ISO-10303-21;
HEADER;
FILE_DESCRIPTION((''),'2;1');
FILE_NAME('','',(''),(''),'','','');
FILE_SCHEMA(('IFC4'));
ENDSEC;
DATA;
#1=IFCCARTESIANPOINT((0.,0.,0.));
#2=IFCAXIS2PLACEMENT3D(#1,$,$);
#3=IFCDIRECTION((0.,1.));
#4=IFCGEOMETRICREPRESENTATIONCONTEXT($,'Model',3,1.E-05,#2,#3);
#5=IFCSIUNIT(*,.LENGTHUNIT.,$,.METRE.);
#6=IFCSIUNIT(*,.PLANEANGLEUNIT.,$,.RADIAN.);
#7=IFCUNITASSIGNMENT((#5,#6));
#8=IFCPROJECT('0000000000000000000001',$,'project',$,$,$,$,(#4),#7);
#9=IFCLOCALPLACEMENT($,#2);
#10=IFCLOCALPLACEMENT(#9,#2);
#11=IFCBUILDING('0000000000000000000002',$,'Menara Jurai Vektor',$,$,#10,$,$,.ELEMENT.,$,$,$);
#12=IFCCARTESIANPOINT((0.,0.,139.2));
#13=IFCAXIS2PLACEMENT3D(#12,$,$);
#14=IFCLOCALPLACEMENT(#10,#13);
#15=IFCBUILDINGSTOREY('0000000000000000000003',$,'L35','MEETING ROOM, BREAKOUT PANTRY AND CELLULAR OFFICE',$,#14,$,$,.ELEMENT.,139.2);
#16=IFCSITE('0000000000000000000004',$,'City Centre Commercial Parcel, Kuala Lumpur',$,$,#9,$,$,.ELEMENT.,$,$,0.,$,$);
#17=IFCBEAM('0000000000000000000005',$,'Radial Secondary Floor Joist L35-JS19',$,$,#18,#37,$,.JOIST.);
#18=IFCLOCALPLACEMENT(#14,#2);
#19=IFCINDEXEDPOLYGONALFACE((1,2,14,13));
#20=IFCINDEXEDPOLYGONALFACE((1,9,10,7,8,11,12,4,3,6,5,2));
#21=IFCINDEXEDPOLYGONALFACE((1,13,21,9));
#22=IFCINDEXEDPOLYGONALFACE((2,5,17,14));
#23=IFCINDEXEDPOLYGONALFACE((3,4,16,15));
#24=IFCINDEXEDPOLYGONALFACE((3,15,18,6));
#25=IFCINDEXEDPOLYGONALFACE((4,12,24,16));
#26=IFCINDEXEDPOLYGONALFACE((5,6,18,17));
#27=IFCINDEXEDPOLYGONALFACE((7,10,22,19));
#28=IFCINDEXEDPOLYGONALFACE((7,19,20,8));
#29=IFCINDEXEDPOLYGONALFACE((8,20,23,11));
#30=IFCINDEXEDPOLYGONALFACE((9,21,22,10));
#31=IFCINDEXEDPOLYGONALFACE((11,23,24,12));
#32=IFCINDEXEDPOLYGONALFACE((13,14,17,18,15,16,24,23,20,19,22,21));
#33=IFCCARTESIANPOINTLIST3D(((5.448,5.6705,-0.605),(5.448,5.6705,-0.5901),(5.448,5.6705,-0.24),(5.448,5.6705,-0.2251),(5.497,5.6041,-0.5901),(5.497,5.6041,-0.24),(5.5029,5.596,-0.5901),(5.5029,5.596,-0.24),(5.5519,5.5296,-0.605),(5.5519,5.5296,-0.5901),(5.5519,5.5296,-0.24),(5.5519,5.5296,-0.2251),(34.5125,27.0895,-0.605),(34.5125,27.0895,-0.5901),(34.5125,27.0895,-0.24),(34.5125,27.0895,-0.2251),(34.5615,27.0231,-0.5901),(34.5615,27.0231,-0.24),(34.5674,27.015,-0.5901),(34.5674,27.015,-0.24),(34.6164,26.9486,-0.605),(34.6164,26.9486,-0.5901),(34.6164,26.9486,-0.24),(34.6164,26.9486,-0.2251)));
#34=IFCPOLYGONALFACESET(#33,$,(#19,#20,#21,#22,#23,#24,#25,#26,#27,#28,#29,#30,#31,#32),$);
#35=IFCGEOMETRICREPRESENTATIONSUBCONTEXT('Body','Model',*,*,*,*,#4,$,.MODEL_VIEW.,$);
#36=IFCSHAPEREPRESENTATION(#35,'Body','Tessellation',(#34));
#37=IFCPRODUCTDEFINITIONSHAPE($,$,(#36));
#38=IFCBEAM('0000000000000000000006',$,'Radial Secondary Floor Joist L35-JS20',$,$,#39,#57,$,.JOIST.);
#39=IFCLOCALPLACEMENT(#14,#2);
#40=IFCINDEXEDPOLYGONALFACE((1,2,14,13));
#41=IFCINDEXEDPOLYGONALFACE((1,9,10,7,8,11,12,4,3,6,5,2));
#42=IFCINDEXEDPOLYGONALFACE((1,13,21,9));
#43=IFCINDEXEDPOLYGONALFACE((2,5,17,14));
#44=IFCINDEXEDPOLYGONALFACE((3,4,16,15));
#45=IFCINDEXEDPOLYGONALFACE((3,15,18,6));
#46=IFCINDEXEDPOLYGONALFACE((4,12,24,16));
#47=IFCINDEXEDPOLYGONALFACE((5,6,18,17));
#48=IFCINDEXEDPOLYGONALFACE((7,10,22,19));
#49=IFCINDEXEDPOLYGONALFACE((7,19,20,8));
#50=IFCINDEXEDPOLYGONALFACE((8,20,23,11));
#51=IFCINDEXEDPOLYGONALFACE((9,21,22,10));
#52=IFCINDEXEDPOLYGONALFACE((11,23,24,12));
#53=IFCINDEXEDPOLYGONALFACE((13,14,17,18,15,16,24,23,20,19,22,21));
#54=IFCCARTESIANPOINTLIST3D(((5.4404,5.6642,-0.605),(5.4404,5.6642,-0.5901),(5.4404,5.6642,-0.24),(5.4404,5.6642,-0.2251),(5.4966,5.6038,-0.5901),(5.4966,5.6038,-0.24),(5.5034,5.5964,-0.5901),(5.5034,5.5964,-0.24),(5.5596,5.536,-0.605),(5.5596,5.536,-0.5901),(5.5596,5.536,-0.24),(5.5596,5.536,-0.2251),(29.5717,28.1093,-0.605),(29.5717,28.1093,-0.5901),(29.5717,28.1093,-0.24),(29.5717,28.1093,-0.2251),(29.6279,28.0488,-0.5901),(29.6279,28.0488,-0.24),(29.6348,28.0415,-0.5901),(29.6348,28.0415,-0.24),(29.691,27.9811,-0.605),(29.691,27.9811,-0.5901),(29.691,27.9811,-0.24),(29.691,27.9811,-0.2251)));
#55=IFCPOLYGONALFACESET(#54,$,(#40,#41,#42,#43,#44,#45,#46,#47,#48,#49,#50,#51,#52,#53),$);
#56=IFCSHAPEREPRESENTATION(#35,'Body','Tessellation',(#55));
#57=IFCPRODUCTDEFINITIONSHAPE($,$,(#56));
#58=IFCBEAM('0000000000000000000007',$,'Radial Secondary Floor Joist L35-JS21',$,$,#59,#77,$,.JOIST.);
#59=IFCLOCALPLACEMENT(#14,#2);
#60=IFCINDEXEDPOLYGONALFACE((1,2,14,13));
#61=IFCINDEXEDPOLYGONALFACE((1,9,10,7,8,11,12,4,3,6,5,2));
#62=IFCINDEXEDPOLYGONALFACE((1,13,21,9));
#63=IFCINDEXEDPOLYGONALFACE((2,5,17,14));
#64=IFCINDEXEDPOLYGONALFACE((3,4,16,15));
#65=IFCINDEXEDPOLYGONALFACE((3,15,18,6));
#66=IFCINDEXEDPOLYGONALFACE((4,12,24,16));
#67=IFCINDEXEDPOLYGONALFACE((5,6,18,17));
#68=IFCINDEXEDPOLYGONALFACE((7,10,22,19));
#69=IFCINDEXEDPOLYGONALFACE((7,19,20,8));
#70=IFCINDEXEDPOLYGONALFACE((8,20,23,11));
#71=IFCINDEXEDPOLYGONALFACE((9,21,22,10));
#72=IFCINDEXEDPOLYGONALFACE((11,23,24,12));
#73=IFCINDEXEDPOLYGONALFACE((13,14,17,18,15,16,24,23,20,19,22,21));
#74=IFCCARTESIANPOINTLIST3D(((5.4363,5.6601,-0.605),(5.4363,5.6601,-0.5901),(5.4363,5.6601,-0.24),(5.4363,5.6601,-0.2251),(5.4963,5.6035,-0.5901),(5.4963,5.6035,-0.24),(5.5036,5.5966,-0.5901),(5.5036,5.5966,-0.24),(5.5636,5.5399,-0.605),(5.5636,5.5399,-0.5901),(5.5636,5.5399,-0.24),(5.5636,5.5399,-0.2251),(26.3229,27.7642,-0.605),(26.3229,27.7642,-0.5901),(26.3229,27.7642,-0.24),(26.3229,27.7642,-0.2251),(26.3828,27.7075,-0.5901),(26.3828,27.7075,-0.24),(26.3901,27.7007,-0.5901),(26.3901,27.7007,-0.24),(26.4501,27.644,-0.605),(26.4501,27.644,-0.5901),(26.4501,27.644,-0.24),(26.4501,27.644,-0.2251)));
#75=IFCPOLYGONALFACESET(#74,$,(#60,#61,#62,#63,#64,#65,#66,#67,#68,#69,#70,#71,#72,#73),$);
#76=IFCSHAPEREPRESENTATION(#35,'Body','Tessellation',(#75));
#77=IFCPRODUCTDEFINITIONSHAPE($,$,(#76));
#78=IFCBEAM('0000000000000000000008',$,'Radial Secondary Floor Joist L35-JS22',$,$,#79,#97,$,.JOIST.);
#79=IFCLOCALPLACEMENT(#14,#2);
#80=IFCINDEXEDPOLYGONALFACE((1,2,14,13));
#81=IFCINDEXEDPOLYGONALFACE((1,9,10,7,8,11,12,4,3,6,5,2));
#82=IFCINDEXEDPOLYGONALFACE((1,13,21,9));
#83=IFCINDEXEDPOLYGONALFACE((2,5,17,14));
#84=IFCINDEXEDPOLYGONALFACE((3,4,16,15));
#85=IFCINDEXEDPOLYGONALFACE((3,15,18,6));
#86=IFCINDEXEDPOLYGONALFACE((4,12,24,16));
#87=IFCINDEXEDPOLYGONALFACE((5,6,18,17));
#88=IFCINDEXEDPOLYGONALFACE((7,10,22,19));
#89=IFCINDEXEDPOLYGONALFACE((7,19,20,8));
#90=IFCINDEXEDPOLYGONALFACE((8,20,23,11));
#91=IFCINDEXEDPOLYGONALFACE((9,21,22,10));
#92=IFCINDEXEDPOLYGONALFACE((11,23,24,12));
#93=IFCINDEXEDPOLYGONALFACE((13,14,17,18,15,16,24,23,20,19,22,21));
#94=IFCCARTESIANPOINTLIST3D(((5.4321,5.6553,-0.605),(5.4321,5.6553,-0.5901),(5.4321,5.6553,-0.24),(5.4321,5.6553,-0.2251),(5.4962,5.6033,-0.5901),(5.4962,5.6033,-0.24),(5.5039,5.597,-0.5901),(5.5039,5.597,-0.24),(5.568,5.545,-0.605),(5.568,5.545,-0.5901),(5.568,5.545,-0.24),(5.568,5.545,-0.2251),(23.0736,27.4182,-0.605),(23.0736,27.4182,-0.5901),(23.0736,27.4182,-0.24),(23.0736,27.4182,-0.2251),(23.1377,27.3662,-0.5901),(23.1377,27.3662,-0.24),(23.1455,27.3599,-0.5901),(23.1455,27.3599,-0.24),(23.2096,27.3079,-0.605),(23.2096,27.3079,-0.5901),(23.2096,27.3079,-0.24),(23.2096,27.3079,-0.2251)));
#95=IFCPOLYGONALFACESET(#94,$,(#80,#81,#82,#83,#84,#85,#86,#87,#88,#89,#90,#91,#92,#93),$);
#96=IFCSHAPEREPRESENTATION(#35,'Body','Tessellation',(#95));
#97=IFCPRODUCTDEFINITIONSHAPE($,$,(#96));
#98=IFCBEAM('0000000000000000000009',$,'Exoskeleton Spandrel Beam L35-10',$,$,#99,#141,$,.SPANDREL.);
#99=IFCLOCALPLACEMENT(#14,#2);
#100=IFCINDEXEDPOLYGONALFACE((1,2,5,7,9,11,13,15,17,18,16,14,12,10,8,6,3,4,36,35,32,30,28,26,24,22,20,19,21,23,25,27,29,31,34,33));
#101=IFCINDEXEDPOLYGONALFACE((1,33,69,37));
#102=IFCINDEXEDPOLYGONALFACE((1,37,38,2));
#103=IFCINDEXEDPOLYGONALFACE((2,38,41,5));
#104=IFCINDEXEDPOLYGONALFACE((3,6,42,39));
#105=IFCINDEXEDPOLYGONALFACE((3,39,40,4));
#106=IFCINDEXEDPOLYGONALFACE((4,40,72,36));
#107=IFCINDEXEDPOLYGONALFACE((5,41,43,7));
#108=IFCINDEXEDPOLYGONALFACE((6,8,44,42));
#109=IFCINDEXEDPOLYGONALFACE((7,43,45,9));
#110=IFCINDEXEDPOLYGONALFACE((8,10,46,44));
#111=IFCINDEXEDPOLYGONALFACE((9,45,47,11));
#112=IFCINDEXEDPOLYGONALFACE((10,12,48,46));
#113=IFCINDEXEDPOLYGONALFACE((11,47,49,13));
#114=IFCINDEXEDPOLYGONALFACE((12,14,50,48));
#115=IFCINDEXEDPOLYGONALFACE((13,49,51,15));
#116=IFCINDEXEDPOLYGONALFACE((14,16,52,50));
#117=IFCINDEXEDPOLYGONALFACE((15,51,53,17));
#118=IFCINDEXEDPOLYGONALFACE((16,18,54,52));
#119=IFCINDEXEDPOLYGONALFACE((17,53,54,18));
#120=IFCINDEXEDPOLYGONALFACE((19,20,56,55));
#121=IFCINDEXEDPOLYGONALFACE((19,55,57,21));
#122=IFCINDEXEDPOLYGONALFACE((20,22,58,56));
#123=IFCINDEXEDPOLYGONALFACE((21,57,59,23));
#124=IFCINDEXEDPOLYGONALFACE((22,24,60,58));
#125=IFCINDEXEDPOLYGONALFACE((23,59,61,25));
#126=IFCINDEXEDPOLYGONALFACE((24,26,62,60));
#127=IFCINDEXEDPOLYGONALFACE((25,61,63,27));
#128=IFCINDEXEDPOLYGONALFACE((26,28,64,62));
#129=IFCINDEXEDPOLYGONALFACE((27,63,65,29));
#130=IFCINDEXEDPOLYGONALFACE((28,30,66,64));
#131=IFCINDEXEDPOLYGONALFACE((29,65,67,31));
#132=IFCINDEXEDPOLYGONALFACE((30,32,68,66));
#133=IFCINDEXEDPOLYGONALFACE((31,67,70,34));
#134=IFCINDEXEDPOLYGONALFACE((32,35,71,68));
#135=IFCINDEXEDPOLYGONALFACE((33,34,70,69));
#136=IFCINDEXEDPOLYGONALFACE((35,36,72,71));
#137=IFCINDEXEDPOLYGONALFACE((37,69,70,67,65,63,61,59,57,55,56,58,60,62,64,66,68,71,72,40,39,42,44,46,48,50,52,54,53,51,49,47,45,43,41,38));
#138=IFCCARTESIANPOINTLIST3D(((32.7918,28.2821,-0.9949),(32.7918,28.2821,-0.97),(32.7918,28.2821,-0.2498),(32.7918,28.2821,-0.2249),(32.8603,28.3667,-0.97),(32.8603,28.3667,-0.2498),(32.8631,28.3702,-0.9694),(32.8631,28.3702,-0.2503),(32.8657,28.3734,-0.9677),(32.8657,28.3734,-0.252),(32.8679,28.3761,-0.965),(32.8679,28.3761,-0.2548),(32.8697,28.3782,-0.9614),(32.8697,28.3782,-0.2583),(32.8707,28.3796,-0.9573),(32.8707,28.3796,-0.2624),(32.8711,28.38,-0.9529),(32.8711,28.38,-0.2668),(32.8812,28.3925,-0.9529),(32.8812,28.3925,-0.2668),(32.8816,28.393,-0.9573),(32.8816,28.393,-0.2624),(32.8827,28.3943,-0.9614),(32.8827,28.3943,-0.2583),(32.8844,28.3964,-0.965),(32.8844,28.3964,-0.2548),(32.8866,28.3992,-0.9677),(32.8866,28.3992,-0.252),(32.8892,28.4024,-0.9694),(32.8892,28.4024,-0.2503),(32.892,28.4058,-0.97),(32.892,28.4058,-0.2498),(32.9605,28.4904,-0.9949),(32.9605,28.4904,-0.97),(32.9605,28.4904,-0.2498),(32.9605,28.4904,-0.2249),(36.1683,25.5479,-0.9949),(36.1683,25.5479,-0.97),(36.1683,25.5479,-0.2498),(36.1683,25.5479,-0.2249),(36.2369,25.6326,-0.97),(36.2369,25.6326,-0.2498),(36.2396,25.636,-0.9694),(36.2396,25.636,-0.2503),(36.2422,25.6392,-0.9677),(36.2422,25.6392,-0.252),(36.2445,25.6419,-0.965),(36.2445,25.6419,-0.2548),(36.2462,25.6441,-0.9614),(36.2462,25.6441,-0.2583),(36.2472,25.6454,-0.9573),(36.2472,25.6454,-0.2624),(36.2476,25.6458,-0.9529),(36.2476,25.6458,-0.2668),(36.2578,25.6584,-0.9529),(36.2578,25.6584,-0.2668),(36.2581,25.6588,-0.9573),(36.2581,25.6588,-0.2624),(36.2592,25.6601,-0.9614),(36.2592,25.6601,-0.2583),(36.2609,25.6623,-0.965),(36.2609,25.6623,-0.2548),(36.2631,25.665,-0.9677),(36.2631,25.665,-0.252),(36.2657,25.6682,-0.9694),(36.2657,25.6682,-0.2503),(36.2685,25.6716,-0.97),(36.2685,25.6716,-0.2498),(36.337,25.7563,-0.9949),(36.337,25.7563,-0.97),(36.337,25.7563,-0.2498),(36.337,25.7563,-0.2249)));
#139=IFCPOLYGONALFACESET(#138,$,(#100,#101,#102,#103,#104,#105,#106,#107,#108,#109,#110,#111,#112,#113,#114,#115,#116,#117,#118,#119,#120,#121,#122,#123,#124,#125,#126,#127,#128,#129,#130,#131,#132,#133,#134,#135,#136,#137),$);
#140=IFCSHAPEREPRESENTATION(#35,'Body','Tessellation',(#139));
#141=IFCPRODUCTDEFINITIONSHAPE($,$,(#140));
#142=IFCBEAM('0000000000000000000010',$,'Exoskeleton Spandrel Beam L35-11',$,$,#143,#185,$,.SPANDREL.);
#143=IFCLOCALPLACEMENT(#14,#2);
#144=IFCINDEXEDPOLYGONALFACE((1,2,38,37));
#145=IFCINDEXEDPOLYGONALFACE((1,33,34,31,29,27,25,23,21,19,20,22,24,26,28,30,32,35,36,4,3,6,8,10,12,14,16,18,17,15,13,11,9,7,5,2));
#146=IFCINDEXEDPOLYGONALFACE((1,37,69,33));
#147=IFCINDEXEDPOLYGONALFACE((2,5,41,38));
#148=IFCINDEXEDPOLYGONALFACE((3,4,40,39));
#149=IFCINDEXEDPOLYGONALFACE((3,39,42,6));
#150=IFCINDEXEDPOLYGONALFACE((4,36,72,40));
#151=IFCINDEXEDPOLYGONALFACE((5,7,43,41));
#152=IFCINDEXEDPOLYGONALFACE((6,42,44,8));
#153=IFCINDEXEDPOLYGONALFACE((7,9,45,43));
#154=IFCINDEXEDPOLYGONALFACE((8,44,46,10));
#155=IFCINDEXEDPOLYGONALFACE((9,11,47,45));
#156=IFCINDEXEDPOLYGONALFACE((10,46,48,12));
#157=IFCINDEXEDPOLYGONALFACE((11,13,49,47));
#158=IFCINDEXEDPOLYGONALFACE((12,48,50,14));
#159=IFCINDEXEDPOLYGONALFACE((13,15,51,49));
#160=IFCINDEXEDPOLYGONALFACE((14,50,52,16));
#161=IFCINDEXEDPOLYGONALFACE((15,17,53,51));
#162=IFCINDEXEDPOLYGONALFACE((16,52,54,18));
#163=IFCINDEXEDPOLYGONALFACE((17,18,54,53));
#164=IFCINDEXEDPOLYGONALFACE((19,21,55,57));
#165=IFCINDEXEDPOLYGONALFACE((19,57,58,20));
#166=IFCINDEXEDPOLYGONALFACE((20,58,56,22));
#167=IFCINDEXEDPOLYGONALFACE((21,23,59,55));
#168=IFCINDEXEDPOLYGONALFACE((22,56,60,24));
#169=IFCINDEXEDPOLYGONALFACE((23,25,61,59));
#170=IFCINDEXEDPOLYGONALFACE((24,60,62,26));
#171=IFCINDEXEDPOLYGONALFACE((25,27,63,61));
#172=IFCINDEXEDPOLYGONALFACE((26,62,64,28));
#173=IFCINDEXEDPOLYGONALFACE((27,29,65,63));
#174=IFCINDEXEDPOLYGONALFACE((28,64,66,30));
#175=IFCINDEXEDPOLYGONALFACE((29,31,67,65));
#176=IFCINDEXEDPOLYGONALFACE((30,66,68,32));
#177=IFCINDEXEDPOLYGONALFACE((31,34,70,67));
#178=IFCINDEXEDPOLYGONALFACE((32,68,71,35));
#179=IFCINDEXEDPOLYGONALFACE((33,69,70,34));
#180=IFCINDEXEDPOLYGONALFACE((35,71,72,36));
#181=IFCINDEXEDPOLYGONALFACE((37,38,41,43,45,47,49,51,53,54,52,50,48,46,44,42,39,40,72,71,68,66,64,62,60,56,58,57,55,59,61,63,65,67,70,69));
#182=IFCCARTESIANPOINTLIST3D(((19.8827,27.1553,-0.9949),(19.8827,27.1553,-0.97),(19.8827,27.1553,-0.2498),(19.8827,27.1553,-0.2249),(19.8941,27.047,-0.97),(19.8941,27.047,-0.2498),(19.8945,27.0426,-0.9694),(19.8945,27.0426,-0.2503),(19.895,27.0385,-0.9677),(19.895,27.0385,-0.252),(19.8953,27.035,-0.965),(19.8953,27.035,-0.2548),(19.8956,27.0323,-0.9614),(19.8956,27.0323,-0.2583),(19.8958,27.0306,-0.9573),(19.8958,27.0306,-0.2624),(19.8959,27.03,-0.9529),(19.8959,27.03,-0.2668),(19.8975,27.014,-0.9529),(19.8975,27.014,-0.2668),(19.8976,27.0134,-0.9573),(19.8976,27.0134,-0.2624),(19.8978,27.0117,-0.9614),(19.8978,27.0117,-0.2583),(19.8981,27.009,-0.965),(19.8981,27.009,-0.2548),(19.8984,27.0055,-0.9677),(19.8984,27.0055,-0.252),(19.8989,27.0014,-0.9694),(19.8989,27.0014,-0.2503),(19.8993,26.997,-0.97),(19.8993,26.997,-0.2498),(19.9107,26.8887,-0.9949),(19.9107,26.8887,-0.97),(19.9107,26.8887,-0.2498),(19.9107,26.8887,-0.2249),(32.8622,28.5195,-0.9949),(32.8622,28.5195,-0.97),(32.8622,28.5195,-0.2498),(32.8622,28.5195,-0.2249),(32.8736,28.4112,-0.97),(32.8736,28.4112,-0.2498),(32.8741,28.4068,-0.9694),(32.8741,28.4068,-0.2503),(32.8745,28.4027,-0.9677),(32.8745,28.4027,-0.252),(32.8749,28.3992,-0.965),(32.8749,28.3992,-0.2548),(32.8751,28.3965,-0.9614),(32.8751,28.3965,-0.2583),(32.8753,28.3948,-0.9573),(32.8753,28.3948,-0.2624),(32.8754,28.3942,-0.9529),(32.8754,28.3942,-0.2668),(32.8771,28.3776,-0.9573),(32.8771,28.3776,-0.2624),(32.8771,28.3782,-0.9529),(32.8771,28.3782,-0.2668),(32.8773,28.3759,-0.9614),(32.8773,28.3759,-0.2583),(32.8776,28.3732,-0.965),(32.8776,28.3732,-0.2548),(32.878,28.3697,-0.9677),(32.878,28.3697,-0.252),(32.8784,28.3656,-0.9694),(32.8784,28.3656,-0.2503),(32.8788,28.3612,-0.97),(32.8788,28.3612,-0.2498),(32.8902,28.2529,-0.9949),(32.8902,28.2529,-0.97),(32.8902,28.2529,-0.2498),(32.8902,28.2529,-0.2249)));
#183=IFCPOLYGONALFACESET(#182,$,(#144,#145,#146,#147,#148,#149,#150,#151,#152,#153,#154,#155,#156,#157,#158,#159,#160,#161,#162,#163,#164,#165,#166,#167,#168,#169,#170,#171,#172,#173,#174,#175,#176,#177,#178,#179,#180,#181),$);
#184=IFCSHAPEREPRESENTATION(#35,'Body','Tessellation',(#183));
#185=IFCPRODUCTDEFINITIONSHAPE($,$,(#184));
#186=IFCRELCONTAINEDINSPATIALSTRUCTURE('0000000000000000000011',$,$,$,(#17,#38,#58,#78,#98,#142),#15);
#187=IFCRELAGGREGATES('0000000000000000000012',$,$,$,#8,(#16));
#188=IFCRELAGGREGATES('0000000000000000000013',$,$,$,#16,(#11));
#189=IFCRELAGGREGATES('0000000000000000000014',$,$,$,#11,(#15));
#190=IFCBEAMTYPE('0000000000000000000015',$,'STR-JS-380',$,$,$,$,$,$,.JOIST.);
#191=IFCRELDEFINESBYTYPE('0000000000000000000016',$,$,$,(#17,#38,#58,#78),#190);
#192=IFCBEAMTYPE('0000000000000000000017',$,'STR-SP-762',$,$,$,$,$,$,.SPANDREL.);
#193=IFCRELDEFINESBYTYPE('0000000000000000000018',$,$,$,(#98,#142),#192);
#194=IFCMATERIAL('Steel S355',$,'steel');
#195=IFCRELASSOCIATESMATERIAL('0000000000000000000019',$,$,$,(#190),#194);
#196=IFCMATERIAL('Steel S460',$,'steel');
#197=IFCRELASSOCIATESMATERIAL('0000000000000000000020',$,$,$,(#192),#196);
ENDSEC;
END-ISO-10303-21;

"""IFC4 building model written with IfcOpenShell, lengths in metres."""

from ifc_helpers import new_model, si_unit, direction, frame, origin, origin_2d, place, context, subcontext, project, spatial, i_section, extrude, material, material_profile, profile_set, type_object, element, save


model = new_model("IFC4")

# Units and contexts
model_context = context("Model", 3, precision=1e-05, world=origin(), true_north=direction((0.0, 1.0)))
body_context = subcontext(model_context, "Body", "Model", "MODEL_VIEW")
ifc_project = project(units=[si_unit("LENGTHUNIT", "METRE"), si_unit("PLANEANGLEUNIT", "RADIAN")], contexts=[model_context])

# Site, building, storey
site_placement = place(None, origin())
site = spatial("IfcSite", under=ifc_project, at=site_placement, Name="City Centre Commercial Parcel, Kuala Lumpur", CompositionType="ELEMENT", RefElevation=0.0)
building_placement = place(site_placement, origin())
building = spatial("IfcBuilding", under=site, at=building_placement, Name="Menara Jurai Vektor", CompositionType="ELEMENT")
storey_placement = place(building_placement, frame((0.0, 0.0, 139.2)))
storey = spatial("IfcBuildingStorey", under=building, at=storey_placement, Name="L35", Description="MEETING ROOM, BREAKOUT PANTRY AND CELLULAR OFFICE", CompositionType="ELEMENT", Elevation=139.2)

# Shared definitions
ifc_material_1 = material(Name="Steel S460", Category="steel")

# Shared definitions
ifc_material_2 = material(Name="Steel S355", Category="steel")

# Beams
ifc_material_profile_1 = material_profile(ifc_material_2, i_section(OverallWidth=0.175, OverallDepth=0.3799, WebThickness=0.01, FlangeThickness=0.0149, at=origin_2d()), Name="PG 380x175x58")
ifc_profile_set_1 = profile_set([ifc_material_profile_1], Name="Steel S355")
beam_type_1 = type_object("IfcBeamType", Name="STR-JS-380", PredefinedType="JOIST", material=ifc_profile_set_1)
beam_1_placement = place(storey_placement, frame((34.5645, 27.019, -0.415), z_axis=(-0.805016, -0.593253, 0.0), x_axis=(0.593253, -0.805016, 0.0)))
element("IfcBeam", 1, at=beam_1_placement, inside=storey, type_object=beam_type_1, Name="Radial Secondary Floor Joist L35-JS19", PredefinedType="JOIST", context=body_context, shape_type="SweptSolid", body=[
    extrude(i_section(OverallWidth=0.175, OverallDepth=0.3799, WebThickness=0.01, FlangeThickness=0.0149, at=origin_2d()), origin(), (0.0, 0.0, 1.0), 36.1042),
])
beam_2_placement = place(storey_placement, frame((29.6313, 28.0452, -0.415), z_axis=(-0.732228, -0.68106, 0.0), x_axis=(0.68106, -0.732228, 0.0)))
element("IfcBeam", 2, at=beam_2_placement, inside=storey, type_object=beam_type_1, Name="Radial Secondary Floor Joist L35-JS20", PredefinedType="JOIST", context=body_context, shape_type="SweptSolid", body=[
    extrude(i_section(OverallWidth=0.175, OverallDepth=0.3799, WebThickness=0.01, FlangeThickness=0.0149, at=origin_2d()), origin(), (0.0, 0.0, 1.0), 32.9561),
])
beam_3_placement = place(storey_placement, frame((26.3865, 27.7041, -0.415), z_axis=(-0.686805, -0.726841, 0.0), x_axis=(0.726841, -0.686805, 0.0)))
element("IfcBeam", 3, at=beam_3_placement, inside=storey, type_object=beam_type_1, Name="Radial Secondary Floor Joist L35-JS21", PredefinedType="JOIST", context=body_context, shape_type="SweptSolid", body=[
    extrude(i_section(OverallWidth=0.175, OverallDepth=0.3799, WebThickness=0.01, FlangeThickness=0.0149, at=origin_2d()), origin(), (0.0, 0.0, 1.0), 30.4111),
])
beam_4_placement = place(storey_placement, frame((23.1416, 27.363, -0.415), z_axis=(-0.629715, -0.776826, 0.0), x_axis=(0.776826, -0.629715, 0.0)))
element("IfcBeam", 4, at=beam_4_placement, inside=storey, type_object=beam_type_1, Name="Radial Secondary Floor Joist L35-JS22", PredefinedType="JOIST", context=body_context, shape_type="SweptSolid", body=[
    extrude(i_section(OverallWidth=0.175, OverallDepth=0.3799, WebThickness=0.01, FlangeThickness=0.0149, at=origin_2d()), origin(), (0.0, 0.0, 1.0), 28.0151),
])
ifc_material_profile_2 = material_profile(ifc_material_1, i_section(OverallWidth=0.2681, OverallDepth=0.77, WebThickness=0.0161, FlangeThickness=0.0249, FilletRadius=0.0171, at=origin_2d()), Name="UKB 762x267x197")
ifc_profile_set_2 = profile_set([ifc_material_profile_2], Name="Steel S460")
beam_type_2 = type_object("IfcBeamType", Name="STR-SP-762", PredefinedType="SPANDREL", material=ifc_profile_set_2)
beam_5_placement = place(storey_placement, frame((36.2527, 25.6521, -0.6099), z_axis=(-0.777155, 0.62931, 0.0), x_axis=(-0.62931, -0.777155, 0.0)))
element("IfcBeam", 5, at=beam_5_placement, inside=storey, type_object=beam_type_2, Name="Exoskeleton Spandrel Beam L35-10", PredefinedType="SPANDREL", context=body_context, shape_type="SweptSolid", body=[
    extrude(i_section(OverallWidth=0.2681, OverallDepth=0.77, WebThickness=0.0161, FlangeThickness=0.0249, FilletRadius=0.0171, at=origin_2d()), origin(), (0.0, 0.0, 1.0), 4.3447),
])
beam_6_placement = place(storey_placement, frame((32.8762, 28.3862, -0.6099), z_axis=(-0.994521, -0.104533, 0.0), x_axis=(0.104533, -0.994521, 0.0)))
element("IfcBeam", 6, at=beam_6_placement, inside=storey, type_object=beam_type_2, Name="Exoskeleton Spandrel Beam L35-11", PredefinedType="SPANDREL", context=body_context, shape_type="SweptSolid", body=[
    extrude(i_section(OverallWidth=0.2681, OverallDepth=0.77, WebThickness=0.0161, FlangeThickness=0.0249, FilletRadius=0.0171, at=origin_2d()), origin(), (0.0, 0.0, 1.0), 13.051),
])

save(model, "model.ifc")
